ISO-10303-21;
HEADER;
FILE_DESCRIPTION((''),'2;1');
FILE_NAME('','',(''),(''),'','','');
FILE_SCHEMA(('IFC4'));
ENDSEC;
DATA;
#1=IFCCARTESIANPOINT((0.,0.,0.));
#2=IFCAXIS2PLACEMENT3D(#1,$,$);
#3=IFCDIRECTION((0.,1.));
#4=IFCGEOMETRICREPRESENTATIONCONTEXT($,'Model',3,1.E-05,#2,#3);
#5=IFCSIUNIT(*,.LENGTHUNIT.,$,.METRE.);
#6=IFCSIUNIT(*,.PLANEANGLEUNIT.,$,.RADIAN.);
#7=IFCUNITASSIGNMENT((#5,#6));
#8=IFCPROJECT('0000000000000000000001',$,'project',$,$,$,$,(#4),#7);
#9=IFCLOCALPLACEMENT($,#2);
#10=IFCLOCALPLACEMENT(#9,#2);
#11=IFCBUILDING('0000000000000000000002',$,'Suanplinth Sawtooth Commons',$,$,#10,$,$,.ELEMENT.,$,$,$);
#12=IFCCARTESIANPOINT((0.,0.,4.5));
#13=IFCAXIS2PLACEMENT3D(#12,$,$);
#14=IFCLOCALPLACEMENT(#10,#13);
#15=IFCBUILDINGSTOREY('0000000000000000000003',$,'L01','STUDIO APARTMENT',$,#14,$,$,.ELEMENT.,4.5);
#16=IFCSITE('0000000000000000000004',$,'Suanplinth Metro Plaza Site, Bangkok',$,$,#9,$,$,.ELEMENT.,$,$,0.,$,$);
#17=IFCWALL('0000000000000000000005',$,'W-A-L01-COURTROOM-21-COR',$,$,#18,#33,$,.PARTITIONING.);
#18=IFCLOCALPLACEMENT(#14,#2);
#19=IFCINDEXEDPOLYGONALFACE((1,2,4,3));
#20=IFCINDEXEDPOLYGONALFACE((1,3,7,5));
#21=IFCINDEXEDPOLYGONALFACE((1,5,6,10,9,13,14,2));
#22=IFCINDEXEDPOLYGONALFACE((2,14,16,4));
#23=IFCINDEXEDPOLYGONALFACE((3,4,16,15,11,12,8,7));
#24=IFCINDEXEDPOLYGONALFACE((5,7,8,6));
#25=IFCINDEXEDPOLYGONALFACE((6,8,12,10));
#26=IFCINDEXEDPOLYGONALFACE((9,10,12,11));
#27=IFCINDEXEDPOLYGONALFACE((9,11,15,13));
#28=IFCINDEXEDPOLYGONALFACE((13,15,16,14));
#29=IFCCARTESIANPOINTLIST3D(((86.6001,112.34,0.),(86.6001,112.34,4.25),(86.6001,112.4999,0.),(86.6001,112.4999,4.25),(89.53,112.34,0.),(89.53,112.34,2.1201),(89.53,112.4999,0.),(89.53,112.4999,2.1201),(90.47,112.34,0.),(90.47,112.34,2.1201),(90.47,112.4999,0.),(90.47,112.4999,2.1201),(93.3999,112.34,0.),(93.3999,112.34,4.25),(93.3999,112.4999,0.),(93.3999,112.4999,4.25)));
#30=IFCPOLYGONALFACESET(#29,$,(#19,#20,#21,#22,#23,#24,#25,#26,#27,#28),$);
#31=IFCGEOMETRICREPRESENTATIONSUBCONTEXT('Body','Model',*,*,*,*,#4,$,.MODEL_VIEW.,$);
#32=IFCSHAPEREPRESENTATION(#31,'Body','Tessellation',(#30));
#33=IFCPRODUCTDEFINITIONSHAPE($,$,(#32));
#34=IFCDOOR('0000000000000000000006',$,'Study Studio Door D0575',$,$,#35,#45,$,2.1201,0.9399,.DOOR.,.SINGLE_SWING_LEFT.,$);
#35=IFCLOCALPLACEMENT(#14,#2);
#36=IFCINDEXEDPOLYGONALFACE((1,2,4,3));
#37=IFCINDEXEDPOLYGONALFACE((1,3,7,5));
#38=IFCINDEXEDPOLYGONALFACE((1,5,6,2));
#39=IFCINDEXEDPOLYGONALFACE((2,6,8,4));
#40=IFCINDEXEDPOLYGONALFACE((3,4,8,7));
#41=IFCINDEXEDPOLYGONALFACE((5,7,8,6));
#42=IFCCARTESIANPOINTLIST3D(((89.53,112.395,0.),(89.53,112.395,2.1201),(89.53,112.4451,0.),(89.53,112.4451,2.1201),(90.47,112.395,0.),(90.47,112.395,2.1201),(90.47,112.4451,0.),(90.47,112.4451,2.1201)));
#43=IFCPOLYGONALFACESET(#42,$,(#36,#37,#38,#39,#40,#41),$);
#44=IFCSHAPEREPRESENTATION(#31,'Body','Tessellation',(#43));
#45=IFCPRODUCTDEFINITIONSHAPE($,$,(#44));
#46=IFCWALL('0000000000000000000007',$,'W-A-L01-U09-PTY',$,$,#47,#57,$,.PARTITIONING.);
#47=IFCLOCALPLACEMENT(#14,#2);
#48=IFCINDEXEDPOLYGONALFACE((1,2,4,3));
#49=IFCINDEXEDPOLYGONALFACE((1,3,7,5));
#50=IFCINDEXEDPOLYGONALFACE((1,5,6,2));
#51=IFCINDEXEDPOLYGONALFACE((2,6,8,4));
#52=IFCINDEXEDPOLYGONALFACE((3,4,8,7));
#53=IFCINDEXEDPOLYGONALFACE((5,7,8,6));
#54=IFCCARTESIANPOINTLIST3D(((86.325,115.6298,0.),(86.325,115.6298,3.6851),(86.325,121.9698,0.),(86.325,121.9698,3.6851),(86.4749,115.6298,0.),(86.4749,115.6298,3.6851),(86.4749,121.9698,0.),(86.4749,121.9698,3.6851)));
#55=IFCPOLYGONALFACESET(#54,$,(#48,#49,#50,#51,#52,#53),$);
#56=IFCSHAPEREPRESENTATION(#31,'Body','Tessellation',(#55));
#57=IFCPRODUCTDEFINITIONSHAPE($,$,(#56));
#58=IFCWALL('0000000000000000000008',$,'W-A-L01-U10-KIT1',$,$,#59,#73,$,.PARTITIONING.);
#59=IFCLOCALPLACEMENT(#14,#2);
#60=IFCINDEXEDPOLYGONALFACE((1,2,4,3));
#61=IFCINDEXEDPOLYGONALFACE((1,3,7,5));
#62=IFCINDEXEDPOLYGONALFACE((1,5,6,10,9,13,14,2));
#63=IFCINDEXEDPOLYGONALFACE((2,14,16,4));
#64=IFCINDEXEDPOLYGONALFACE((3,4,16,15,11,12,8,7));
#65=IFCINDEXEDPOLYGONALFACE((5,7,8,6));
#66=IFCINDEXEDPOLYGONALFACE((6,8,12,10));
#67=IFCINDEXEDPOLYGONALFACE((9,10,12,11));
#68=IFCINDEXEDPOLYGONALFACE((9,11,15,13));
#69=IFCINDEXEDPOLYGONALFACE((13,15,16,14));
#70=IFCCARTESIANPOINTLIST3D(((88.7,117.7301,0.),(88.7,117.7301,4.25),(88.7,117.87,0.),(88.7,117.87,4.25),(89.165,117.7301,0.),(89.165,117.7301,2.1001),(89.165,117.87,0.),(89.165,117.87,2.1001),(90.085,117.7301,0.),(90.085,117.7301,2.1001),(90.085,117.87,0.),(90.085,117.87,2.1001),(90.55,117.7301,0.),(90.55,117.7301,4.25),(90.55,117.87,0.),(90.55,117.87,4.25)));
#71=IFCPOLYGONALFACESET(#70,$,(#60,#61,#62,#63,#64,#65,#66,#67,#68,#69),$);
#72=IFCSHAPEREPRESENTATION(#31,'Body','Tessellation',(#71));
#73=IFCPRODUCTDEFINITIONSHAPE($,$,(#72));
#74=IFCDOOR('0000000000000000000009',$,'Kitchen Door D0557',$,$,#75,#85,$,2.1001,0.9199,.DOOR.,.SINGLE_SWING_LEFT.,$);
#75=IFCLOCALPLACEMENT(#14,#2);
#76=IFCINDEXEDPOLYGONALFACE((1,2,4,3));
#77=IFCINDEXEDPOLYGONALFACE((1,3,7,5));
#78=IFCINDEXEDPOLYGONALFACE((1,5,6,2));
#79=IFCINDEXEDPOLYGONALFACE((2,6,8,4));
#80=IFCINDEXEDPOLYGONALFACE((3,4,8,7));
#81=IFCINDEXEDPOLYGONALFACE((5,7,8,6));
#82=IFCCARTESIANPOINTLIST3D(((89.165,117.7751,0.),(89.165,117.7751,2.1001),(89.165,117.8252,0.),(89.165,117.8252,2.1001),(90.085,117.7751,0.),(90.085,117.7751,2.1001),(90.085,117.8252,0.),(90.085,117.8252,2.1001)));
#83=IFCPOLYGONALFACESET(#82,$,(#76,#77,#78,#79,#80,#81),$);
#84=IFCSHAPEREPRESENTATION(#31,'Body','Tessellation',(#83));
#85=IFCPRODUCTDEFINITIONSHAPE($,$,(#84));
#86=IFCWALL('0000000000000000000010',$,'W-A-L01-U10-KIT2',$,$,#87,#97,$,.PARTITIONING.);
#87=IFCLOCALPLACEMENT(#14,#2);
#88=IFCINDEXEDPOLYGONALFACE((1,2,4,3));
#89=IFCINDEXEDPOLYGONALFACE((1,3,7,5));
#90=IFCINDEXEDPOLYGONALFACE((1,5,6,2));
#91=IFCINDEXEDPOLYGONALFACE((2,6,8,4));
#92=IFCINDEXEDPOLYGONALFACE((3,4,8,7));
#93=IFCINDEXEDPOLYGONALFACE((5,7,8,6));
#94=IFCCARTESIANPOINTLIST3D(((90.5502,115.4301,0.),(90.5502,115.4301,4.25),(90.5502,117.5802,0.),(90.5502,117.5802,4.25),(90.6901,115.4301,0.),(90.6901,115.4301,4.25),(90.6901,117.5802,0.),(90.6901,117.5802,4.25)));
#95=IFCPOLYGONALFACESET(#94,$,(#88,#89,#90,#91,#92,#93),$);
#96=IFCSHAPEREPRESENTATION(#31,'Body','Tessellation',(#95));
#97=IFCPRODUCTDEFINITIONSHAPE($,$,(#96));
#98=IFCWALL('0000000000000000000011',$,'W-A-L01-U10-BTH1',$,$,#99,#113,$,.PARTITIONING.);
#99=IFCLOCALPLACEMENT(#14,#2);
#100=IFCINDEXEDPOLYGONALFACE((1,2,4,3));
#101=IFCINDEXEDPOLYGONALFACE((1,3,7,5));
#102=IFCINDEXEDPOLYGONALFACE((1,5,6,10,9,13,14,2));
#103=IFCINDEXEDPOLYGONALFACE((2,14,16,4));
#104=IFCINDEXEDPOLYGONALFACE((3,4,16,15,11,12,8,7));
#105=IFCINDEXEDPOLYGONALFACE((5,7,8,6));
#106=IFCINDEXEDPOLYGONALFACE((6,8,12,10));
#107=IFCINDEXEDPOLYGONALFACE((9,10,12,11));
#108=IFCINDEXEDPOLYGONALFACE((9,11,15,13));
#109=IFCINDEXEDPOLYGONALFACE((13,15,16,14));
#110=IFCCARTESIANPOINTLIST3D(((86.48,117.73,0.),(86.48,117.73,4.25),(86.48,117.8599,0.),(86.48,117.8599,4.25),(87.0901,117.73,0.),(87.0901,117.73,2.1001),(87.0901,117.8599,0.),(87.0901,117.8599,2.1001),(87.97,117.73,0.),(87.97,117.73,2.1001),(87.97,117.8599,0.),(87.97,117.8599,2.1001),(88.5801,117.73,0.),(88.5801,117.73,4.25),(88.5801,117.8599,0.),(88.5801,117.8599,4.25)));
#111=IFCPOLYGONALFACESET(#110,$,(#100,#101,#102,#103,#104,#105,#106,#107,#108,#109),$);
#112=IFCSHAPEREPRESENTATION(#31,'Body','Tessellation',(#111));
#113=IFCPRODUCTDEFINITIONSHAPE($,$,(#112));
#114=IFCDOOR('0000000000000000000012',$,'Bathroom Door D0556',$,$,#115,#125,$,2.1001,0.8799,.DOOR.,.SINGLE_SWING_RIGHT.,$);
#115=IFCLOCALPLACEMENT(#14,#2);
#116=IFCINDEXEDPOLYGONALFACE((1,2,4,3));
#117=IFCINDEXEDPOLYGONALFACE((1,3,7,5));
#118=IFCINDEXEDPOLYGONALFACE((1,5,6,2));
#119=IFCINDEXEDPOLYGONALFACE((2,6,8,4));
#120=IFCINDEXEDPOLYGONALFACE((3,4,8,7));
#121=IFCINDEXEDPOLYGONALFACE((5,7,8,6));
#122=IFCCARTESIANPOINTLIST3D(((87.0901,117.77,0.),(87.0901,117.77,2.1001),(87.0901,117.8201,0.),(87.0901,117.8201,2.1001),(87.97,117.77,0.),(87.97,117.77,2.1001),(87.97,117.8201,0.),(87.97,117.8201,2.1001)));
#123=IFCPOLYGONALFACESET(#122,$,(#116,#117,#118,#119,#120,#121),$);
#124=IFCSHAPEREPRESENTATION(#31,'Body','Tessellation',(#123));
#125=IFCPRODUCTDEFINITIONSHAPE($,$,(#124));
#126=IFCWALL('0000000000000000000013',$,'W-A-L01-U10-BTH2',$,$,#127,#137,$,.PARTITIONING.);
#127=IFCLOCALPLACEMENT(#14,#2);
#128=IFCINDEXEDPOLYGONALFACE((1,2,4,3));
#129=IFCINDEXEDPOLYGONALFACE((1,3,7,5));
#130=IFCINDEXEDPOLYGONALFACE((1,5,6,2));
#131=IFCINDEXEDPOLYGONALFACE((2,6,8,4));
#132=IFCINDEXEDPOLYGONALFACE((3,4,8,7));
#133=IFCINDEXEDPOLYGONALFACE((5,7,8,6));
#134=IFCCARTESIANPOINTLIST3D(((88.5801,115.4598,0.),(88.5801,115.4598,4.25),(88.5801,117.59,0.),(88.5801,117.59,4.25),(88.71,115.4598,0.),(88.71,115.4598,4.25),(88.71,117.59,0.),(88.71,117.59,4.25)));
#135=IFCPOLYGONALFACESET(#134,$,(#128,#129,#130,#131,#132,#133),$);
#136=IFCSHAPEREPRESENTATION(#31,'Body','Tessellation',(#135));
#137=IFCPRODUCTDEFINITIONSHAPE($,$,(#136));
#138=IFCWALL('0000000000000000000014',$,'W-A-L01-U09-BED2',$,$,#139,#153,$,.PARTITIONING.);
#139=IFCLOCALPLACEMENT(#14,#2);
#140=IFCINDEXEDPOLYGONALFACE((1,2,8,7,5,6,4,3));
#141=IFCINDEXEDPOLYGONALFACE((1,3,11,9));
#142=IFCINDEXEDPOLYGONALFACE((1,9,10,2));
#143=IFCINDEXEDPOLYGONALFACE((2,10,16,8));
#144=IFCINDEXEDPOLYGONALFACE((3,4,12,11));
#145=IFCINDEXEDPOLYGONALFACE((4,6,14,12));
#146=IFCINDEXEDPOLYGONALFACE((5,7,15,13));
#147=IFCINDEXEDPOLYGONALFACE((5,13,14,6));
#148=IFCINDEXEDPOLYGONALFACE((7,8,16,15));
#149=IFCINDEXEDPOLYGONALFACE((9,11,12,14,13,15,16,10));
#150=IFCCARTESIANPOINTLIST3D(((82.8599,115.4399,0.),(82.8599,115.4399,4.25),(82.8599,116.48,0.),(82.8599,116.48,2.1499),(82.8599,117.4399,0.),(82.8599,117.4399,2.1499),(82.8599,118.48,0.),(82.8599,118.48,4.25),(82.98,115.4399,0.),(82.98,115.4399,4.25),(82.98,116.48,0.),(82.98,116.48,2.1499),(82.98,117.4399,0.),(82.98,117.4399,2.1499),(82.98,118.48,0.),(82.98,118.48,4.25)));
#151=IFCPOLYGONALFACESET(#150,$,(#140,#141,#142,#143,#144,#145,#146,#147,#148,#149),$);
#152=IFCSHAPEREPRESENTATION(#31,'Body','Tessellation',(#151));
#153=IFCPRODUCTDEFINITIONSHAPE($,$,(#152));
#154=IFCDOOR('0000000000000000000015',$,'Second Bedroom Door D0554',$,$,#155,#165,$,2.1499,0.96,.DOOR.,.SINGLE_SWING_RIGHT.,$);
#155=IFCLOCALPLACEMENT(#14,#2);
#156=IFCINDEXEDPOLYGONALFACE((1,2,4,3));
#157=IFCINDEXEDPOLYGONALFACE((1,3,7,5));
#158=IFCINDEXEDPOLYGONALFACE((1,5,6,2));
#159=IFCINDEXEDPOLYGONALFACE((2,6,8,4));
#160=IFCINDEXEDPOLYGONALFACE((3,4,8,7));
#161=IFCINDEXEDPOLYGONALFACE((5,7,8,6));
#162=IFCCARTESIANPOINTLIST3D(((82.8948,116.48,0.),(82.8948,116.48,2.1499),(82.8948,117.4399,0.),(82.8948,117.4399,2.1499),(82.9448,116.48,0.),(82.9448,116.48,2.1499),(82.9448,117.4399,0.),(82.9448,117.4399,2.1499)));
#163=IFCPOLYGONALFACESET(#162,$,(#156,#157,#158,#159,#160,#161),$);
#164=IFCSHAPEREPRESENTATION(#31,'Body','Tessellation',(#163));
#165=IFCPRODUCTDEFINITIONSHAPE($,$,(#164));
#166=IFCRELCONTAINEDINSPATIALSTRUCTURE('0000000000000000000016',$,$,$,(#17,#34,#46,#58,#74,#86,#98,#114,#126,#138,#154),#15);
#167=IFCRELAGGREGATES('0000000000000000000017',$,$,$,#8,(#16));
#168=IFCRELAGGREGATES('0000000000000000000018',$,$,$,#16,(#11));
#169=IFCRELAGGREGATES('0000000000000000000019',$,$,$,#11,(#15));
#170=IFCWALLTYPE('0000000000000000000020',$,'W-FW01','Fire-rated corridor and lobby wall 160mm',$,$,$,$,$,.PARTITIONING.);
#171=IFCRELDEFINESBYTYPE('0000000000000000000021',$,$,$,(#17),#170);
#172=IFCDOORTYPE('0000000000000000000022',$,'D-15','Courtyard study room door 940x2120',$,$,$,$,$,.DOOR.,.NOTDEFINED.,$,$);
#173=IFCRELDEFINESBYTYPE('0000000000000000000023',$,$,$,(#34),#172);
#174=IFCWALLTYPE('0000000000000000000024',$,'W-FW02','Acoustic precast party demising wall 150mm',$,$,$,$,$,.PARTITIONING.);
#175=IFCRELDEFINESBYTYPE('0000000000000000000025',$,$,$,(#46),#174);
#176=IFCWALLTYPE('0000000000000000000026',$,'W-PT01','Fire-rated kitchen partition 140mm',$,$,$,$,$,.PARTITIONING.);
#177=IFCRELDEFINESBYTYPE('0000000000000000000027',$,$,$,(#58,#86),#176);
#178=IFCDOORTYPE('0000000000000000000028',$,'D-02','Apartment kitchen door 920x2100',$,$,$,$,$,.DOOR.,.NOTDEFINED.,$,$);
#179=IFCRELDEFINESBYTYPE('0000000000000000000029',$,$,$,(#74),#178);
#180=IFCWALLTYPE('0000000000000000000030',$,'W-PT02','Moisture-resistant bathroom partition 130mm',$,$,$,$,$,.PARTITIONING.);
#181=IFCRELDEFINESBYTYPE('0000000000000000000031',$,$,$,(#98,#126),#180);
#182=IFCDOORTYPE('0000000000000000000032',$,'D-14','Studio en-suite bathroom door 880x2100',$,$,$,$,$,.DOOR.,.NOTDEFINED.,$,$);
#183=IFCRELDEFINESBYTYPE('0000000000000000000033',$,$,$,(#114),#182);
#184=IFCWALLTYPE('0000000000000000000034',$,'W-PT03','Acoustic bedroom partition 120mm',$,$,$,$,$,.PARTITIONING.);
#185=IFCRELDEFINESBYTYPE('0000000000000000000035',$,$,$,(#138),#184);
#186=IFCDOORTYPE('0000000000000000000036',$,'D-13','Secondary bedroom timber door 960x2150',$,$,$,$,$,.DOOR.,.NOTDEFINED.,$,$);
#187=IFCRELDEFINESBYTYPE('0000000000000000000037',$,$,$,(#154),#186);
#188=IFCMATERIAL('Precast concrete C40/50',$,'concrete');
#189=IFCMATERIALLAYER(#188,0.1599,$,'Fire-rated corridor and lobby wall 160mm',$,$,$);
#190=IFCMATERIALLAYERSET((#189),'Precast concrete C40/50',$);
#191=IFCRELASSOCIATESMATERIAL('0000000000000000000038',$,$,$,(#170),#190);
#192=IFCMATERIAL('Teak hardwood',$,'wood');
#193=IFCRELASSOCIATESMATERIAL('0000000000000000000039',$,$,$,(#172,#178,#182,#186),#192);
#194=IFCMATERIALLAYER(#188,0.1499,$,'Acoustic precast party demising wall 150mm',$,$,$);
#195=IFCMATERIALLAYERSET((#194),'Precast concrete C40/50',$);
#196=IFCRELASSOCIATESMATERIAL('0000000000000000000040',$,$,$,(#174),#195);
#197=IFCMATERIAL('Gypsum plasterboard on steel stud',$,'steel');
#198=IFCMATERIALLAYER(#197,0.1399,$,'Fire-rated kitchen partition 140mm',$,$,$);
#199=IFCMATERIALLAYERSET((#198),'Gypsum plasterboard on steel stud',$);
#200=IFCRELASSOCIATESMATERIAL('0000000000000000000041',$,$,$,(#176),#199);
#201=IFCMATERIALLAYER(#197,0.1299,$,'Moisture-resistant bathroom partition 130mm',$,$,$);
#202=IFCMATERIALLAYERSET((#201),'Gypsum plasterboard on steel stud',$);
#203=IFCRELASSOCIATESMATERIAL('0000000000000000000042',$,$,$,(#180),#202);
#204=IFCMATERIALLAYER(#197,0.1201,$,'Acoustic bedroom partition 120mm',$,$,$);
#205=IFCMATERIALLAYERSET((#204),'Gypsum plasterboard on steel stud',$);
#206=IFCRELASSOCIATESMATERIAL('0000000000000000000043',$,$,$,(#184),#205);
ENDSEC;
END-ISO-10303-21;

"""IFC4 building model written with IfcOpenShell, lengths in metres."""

from ifc_helpers import new_model, si_unit, direction, frame, frame_2d, origin, place, context, subcontext, project, spatial, rectangle, extrude, material, layer, layer_set, type_object, element, fill, save


model = new_model("IFC4")

# Units and contexts
model_context = context("Model", 3, precision=1e-05, world=origin(), true_north=direction((0.0, 1.0)))
body_context = subcontext(model_context, "Body", "Model", "MODEL_VIEW")
ifc_project = project(units=[si_unit("LENGTHUNIT", "METRE"), si_unit("PLANEANGLEUNIT", "RADIAN")], contexts=[model_context])

# Site, building, storey
site_placement = place(None, origin())
site = spatial("IfcSite", under=ifc_project, at=site_placement, Name="Suanplinth Metro Plaza Site, Bangkok", CompositionType="ELEMENT", RefElevation=0.0)
building_placement = place(site_placement, origin())
building = spatial("IfcBuilding", under=site, at=building_placement, Name="Suanplinth Sawtooth Commons", CompositionType="ELEMENT")
storey_placement = place(building_placement, frame((0.0, 0.0, 4.5)))
storey = spatial("IfcBuildingStorey", under=building, at=storey_placement, Name="L01", Description="STUDIO APARTMENT", CompositionType="ELEMENT", Elevation=4.5)

# Wall, opening, door
ifc_material_1 = material(Name="Precast concrete C40/50", Category="concrete")
ifc_layer_1 = layer(ifc_material_1, 0.1599, Name="Fire-rated corridor and lobby wall 160mm")
ifc_layer_set_1 = layer_set([ifc_layer_1], Name="Precast concrete C40/50")
wall_type_1 = type_object("IfcWallType", Name="W-FW01", Description="Fire-rated corridor and lobby wall 160mm", PredefinedType="PARTITIONING", material=ifc_layer_set_1)
wall_1_placement = place(storey_placement, frame((86.6001, 112.4199, 0.0), z_axis=(0.0, 0.0, 1.0), x_axis=(1.0, 0.0, 0.0)))
wall_1 = element("IfcWall", 1, at=wall_1_placement, inside=storey, type_object=wall_type_1, Name="W-A-L01-COURTROOM-21-COR", PredefinedType="PARTITIONING", context=body_context, shape_type="SweptSolid", body=[
    extrude(rectangle(XDim=6.7998, YDim=0.1599, at=frame_2d((3.3999, 0.0))), origin(), (0.0, 0.0, 1.0), 4.25),
])
opening_1_placement = place(wall_1_placement, frame((2.9299, 0.0, 0.0)))
opening_1 = element("IfcOpeningElement", 2, at=opening_1_placement, cuts=wall_1, PredefinedType="OPENING", context=body_context, shape_type="SweptSolid", body=[
    extrude(rectangle(XDim=0.9399, YDim=2.1201, at=frame_2d((0.47, 1.0601))), frame((0.0, 0.0947, 0.0), z_axis=(0.0, -1.0, 0.0), x_axis=(1.0, 0.0, 0.0)), (0.0, 0.0, 1.0), 0.1897),
])
ifc_material_2 = material(Name="Teak hardwood", Category="wood")
door_type_1 = type_object("IfcDoorType", Name="D-15", Description="Courtyard study room door 940x2120", OperationType="NOTDEFINED", PredefinedType="DOOR", material=ifc_material_2)
door_1_placement = place(opening_1_placement, frame((0.9399, 0.0, 0.0), z_axis=(0.0, 0.0, 1.0), x_axis=(-1.0, 0.0, 0.0)))
door_1 = element("IfcDoor", 3, at=door_1_placement, inside=storey, type_object=door_type_1, Name="Study Studio Door D0575", OperationType="SINGLE_SWING_LEFT", OverallHeight=2.1201, OverallWidth=0.9399, PredefinedType="DOOR", context=body_context, shape_type="SweptSolid", body=[
    extrude(rectangle(XDim=0.9399, YDim=2.1201, at=frame_2d((0.47, 1.0601))), frame((0.0, 0.0249, 0.0), z_axis=(0.0, -1.0, 0.0), x_axis=(1.0, 0.0, 0.0)), (0.0, 0.0, 1.0), 0.05),
])
fill(opening_1, door_1)

# Wall
ifc_layer_2 = layer(ifc_material_1, 0.1499, Name="Acoustic precast party demising wall 150mm")
ifc_layer_set_2 = layer_set([ifc_layer_2], Name="Precast concrete C40/50")
wall_type_2 = type_object("IfcWallType", Name="W-FW02", Description="Acoustic precast party demising wall 150mm", PredefinedType="PARTITIONING", material=ifc_layer_set_2)
wall_2_placement = place(storey_placement, frame((86.3999, 115.6299, 0.0), z_axis=(0.0, 0.0, 1.0), x_axis=(0.0, 1.0, 0.0)))
element("IfcWall", 4, at=wall_2_placement, inside=storey, type_object=wall_type_2, Name="W-A-L01-U09-PTY", PredefinedType="PARTITIONING", context=body_context, shape_type="SweptSolid", body=[
    extrude(rectangle(XDim=6.3401, YDim=0.1499, at=frame_2d((3.1699, 0.0))), origin(), (0.0, 0.0, 1.0), 3.6851),
])

# Wall, opening, door
ifc_material_3 = material(Name="Gypsum plasterboard on steel stud", Category="steel")
ifc_layer_3 = layer(ifc_material_3, 0.1399, Name="Fire-rated kitchen partition 140mm")
ifc_layer_set_3 = layer_set([ifc_layer_3], Name="Gypsum plasterboard on steel stud")
wall_type_3 = type_object("IfcWallType", Name="W-PT01", Description="Fire-rated kitchen partition 140mm", PredefinedType="PARTITIONING", material=ifc_layer_set_3)
wall_3_placement = place(storey_placement, frame((88.7, 117.8, 0.0), z_axis=(0.0, 0.0, 1.0), x_axis=(1.0, 0.0, 0.0)))
wall_3 = element("IfcWall", 5, at=wall_3_placement, inside=storey, type_object=wall_type_3, Name="W-A-L01-U10-KIT1", PredefinedType="PARTITIONING", context=body_context, shape_type="SweptSolid", body=[
    extrude(rectangle(XDim=1.8501, YDim=0.1399, at=frame_2d((0.925, 0.0))), origin(), (0.0, 0.0, 1.0), 4.25),
])
opening_2_placement = place(wall_3_placement, frame((0.4651, 0.0, 0.0)))
opening_2 = element("IfcOpeningElement", 6, at=opening_2_placement, cuts=wall_3, PredefinedType="OPENING", context=body_context, shape_type="SweptSolid", body=[
    extrude(rectangle(XDim=0.9199, YDim=2.1001, at=frame_2d((0.46, 1.05))), frame((0.0, 0.085, 0.0), z_axis=(0.0, -1.0, 0.0), x_axis=(1.0, 0.0, 0.0)), (0.0, 0.0, 1.0), 0.1697),
])
door_type_2 = type_object("IfcDoorType", Name="D-02", Description="Apartment kitchen door 920x2100", OperationType="NOTDEFINED", PredefinedType="DOOR", material=ifc_material_2)
door_2_placement = place(opening_2_placement, frame((0.9199, 0.0, 0.0), z_axis=(0.0, 0.0, 1.0), x_axis=(-1.0, 0.0, 0.0)))
door_2 = element("IfcDoor", 7, at=door_2_placement, inside=storey, type_object=door_type_2, Name="Kitchen Door D0557", OperationType="SINGLE_SWING_LEFT", OverallHeight=2.1001, OverallWidth=0.9199, PredefinedType="DOOR", context=body_context, shape_type="SweptSolid", body=[
    extrude(rectangle(XDim=0.9199, YDim=2.1001, at=frame_2d((0.46, 1.05))), frame((0.0, 0.0249, 0.0), z_axis=(0.0, -1.0, 0.0), x_axis=(1.0, 0.0, 0.0)), (0.0, 0.0, 1.0), 0.05),
])
fill(opening_2, door_2)

# Wall
wall_4_placement = place(storey_placement, frame((90.6201, 115.4299, 0.0), z_axis=(0.0, 0.0, 1.0), x_axis=(0.0, 1.0, 0.0)))
element("IfcWall", 8, at=wall_4_placement, inside=storey, type_object=wall_type_3, Name="W-A-L01-U10-KIT2", PredefinedType="PARTITIONING", context=body_context, shape_type="SweptSolid", body=[
    extrude(rectangle(XDim=2.1501, YDim=0.1399, at=frame_2d((1.0752, 0.0))), origin(), (0.0, 0.0, 1.0), 4.25),
])

# Wall, opening, door
ifc_layer_4 = layer(ifc_material_3, 0.1299, Name="Moisture-resistant bathroom partition 130mm")
ifc_layer_set_4 = layer_set([ifc_layer_4], Name="Gypsum plasterboard on steel stud")
wall_type_4 = type_object("IfcWallType", Name="W-PT02", Description="Moisture-resistant bathroom partition 130mm", PredefinedType="PARTITIONING", material=ifc_layer_set_4)
wall_5_placement = place(storey_placement, frame((86.48, 117.7949, 0.0), z_axis=(0.0, 0.0, 1.0), x_axis=(1.0, 0.0, 0.0)))
wall_5 = element("IfcWall", 9, at=wall_5_placement, inside=storey, type_object=wall_type_4, Name="W-A-L01-U10-BTH1", PredefinedType="PARTITIONING", context=body_context, shape_type="SweptSolid", body=[
    extrude(rectangle(XDim=2.1001, YDim=0.1299, at=frame_2d((1.05, 0.0))), origin(), (0.0, 0.0, 1.0), 4.25),
])
opening_3_placement = place(wall_5_placement, frame((0.6101, 0.0, 0.0)))
opening_3 = element("IfcOpeningElement", 10, at=opening_3_placement, cuts=wall_5, PredefinedType="OPENING", context=body_context, shape_type="SweptSolid", body=[
    extrude(rectangle(XDim=0.8799, YDim=2.1001, at=frame_2d((0.4399, 1.05))), frame((0.0, 0.0798, 0.0), z_axis=(0.0, -1.0, 0.0), x_axis=(1.0, 0.0, 0.0)), (0.0, 0.0, 1.0), 0.1597),
])
door_type_3 = type_object("IfcDoorType", Name="D-14", Description="Studio en-suite bathroom door 880x2100", OperationType="NOTDEFINED", PredefinedType="DOOR", material=ifc_material_2)
door_3_placement = place(opening_3_placement, frame((0.8799, 0.0, 0.0), z_axis=(0.0, 0.0, 1.0), x_axis=(-1.0, 0.0, 0.0)))
door_3 = element("IfcDoor", 11, at=door_3_placement, inside=storey, type_object=door_type_3, Name="Bathroom Door D0556", OperationType="SINGLE_SWING_RIGHT", OverallHeight=2.1001, OverallWidth=0.8799, PredefinedType="DOOR", context=body_context, shape_type="SweptSolid", body=[
    extrude(rectangle(XDim=0.8799, YDim=2.1001, at=frame_2d((0.4399, 1.05))), frame((0.0, 0.0249, 0.0), z_axis=(0.0, -1.0, 0.0), x_axis=(1.0, 0.0, 0.0)), (0.0, 0.0, 1.0), 0.05),
])
fill(opening_3, door_3)

# Wall
wall_6_placement = place(storey_placement, frame((88.645, 115.46, 0.0), z_axis=(0.0, 0.0, 1.0), x_axis=(0.0, 1.0, 0.0)))
element("IfcWall", 12, at=wall_6_placement, inside=storey, type_object=wall_type_4, Name="W-A-L01-U10-BTH2", PredefinedType="PARTITIONING", context=body_context, shape_type="SweptSolid", body=[
    extrude(rectangle(XDim=2.1301, YDim=0.1299, at=frame_2d((1.0649, 0.0))), origin(), (0.0, 0.0, 1.0), 4.25),
])

# Wall, opening, door
ifc_layer_5 = layer(ifc_material_3, 0.1201, Name="Acoustic bedroom partition 120mm")
ifc_layer_set_5 = layer_set([ifc_layer_5], Name="Gypsum plasterboard on steel stud")
wall_type_5 = type_object("IfcWallType", Name="W-PT03", Description="Acoustic bedroom partition 120mm", PredefinedType="PARTITIONING", material=ifc_layer_set_5)
wall_7_placement = place(storey_placement, frame((82.9199, 115.4399, 0.0), z_axis=(0.0, 0.0, 1.0), x_axis=(0.0, 1.0, 0.0)))
wall_7 = element("IfcWall", 13, at=wall_7_placement, inside=storey, type_object=wall_type_5, Name="W-A-L01-U09-BED2", PredefinedType="PARTITIONING", context=body_context, shape_type="SweptSolid", body=[
    extrude(rectangle(XDim=3.04, YDim=0.1201, at=frame_2d((1.52, 0.0))), origin(), (0.0, 0.0, 1.0), 4.25),
])
opening_4_placement = place(wall_7_placement, frame((1.04, 0.0, 0.0)))
opening_4 = element("IfcOpeningElement", 14, at=opening_4_placement, cuts=wall_7, PredefinedType="OPENING", context=body_context, shape_type="SweptSolid", body=[
    extrude(rectangle(XDim=0.96, YDim=2.1499, at=frame_2d((0.48, 1.075))), frame((0.0, 0.075, 0.0), z_axis=(0.0, -1.0, 0.0), x_axis=(1.0, 0.0, 0.0)), (0.0, 0.0, 1.0), 0.1499),
])
door_type_4 = type_object("IfcDoorType", Name="D-13", Description="Secondary bedroom timber door 960x2150", OperationType="NOTDEFINED", PredefinedType="DOOR", material=ifc_material_2)
door_4_placement = place(opening_4_placement, frame((0.96, 0.0, 0.0), z_axis=(0.0, 0.0, 1.0), x_axis=(-1.0, 0.0, 0.0)))
door_4 = element("IfcDoor", 15, at=door_4_placement, inside=storey, type_object=door_type_4, Name="Second Bedroom Door D0554", OperationType="SINGLE_SWING_RIGHT", OverallHeight=2.1499, OverallWidth=0.96, PredefinedType="DOOR", context=body_context, shape_type="SweptSolid", body=[
    extrude(rectangle(XDim=0.96, YDim=2.1499, at=frame_2d((0.48, 1.075))), frame((0.0, 0.0249, 0.0), z_axis=(0.0, -1.0, 0.0), x_axis=(1.0, 0.0, 0.0)), (0.0, 0.0, 1.0), 0.05),
])
fill(opening_4, door_4)

save(model, "model.ifc")
